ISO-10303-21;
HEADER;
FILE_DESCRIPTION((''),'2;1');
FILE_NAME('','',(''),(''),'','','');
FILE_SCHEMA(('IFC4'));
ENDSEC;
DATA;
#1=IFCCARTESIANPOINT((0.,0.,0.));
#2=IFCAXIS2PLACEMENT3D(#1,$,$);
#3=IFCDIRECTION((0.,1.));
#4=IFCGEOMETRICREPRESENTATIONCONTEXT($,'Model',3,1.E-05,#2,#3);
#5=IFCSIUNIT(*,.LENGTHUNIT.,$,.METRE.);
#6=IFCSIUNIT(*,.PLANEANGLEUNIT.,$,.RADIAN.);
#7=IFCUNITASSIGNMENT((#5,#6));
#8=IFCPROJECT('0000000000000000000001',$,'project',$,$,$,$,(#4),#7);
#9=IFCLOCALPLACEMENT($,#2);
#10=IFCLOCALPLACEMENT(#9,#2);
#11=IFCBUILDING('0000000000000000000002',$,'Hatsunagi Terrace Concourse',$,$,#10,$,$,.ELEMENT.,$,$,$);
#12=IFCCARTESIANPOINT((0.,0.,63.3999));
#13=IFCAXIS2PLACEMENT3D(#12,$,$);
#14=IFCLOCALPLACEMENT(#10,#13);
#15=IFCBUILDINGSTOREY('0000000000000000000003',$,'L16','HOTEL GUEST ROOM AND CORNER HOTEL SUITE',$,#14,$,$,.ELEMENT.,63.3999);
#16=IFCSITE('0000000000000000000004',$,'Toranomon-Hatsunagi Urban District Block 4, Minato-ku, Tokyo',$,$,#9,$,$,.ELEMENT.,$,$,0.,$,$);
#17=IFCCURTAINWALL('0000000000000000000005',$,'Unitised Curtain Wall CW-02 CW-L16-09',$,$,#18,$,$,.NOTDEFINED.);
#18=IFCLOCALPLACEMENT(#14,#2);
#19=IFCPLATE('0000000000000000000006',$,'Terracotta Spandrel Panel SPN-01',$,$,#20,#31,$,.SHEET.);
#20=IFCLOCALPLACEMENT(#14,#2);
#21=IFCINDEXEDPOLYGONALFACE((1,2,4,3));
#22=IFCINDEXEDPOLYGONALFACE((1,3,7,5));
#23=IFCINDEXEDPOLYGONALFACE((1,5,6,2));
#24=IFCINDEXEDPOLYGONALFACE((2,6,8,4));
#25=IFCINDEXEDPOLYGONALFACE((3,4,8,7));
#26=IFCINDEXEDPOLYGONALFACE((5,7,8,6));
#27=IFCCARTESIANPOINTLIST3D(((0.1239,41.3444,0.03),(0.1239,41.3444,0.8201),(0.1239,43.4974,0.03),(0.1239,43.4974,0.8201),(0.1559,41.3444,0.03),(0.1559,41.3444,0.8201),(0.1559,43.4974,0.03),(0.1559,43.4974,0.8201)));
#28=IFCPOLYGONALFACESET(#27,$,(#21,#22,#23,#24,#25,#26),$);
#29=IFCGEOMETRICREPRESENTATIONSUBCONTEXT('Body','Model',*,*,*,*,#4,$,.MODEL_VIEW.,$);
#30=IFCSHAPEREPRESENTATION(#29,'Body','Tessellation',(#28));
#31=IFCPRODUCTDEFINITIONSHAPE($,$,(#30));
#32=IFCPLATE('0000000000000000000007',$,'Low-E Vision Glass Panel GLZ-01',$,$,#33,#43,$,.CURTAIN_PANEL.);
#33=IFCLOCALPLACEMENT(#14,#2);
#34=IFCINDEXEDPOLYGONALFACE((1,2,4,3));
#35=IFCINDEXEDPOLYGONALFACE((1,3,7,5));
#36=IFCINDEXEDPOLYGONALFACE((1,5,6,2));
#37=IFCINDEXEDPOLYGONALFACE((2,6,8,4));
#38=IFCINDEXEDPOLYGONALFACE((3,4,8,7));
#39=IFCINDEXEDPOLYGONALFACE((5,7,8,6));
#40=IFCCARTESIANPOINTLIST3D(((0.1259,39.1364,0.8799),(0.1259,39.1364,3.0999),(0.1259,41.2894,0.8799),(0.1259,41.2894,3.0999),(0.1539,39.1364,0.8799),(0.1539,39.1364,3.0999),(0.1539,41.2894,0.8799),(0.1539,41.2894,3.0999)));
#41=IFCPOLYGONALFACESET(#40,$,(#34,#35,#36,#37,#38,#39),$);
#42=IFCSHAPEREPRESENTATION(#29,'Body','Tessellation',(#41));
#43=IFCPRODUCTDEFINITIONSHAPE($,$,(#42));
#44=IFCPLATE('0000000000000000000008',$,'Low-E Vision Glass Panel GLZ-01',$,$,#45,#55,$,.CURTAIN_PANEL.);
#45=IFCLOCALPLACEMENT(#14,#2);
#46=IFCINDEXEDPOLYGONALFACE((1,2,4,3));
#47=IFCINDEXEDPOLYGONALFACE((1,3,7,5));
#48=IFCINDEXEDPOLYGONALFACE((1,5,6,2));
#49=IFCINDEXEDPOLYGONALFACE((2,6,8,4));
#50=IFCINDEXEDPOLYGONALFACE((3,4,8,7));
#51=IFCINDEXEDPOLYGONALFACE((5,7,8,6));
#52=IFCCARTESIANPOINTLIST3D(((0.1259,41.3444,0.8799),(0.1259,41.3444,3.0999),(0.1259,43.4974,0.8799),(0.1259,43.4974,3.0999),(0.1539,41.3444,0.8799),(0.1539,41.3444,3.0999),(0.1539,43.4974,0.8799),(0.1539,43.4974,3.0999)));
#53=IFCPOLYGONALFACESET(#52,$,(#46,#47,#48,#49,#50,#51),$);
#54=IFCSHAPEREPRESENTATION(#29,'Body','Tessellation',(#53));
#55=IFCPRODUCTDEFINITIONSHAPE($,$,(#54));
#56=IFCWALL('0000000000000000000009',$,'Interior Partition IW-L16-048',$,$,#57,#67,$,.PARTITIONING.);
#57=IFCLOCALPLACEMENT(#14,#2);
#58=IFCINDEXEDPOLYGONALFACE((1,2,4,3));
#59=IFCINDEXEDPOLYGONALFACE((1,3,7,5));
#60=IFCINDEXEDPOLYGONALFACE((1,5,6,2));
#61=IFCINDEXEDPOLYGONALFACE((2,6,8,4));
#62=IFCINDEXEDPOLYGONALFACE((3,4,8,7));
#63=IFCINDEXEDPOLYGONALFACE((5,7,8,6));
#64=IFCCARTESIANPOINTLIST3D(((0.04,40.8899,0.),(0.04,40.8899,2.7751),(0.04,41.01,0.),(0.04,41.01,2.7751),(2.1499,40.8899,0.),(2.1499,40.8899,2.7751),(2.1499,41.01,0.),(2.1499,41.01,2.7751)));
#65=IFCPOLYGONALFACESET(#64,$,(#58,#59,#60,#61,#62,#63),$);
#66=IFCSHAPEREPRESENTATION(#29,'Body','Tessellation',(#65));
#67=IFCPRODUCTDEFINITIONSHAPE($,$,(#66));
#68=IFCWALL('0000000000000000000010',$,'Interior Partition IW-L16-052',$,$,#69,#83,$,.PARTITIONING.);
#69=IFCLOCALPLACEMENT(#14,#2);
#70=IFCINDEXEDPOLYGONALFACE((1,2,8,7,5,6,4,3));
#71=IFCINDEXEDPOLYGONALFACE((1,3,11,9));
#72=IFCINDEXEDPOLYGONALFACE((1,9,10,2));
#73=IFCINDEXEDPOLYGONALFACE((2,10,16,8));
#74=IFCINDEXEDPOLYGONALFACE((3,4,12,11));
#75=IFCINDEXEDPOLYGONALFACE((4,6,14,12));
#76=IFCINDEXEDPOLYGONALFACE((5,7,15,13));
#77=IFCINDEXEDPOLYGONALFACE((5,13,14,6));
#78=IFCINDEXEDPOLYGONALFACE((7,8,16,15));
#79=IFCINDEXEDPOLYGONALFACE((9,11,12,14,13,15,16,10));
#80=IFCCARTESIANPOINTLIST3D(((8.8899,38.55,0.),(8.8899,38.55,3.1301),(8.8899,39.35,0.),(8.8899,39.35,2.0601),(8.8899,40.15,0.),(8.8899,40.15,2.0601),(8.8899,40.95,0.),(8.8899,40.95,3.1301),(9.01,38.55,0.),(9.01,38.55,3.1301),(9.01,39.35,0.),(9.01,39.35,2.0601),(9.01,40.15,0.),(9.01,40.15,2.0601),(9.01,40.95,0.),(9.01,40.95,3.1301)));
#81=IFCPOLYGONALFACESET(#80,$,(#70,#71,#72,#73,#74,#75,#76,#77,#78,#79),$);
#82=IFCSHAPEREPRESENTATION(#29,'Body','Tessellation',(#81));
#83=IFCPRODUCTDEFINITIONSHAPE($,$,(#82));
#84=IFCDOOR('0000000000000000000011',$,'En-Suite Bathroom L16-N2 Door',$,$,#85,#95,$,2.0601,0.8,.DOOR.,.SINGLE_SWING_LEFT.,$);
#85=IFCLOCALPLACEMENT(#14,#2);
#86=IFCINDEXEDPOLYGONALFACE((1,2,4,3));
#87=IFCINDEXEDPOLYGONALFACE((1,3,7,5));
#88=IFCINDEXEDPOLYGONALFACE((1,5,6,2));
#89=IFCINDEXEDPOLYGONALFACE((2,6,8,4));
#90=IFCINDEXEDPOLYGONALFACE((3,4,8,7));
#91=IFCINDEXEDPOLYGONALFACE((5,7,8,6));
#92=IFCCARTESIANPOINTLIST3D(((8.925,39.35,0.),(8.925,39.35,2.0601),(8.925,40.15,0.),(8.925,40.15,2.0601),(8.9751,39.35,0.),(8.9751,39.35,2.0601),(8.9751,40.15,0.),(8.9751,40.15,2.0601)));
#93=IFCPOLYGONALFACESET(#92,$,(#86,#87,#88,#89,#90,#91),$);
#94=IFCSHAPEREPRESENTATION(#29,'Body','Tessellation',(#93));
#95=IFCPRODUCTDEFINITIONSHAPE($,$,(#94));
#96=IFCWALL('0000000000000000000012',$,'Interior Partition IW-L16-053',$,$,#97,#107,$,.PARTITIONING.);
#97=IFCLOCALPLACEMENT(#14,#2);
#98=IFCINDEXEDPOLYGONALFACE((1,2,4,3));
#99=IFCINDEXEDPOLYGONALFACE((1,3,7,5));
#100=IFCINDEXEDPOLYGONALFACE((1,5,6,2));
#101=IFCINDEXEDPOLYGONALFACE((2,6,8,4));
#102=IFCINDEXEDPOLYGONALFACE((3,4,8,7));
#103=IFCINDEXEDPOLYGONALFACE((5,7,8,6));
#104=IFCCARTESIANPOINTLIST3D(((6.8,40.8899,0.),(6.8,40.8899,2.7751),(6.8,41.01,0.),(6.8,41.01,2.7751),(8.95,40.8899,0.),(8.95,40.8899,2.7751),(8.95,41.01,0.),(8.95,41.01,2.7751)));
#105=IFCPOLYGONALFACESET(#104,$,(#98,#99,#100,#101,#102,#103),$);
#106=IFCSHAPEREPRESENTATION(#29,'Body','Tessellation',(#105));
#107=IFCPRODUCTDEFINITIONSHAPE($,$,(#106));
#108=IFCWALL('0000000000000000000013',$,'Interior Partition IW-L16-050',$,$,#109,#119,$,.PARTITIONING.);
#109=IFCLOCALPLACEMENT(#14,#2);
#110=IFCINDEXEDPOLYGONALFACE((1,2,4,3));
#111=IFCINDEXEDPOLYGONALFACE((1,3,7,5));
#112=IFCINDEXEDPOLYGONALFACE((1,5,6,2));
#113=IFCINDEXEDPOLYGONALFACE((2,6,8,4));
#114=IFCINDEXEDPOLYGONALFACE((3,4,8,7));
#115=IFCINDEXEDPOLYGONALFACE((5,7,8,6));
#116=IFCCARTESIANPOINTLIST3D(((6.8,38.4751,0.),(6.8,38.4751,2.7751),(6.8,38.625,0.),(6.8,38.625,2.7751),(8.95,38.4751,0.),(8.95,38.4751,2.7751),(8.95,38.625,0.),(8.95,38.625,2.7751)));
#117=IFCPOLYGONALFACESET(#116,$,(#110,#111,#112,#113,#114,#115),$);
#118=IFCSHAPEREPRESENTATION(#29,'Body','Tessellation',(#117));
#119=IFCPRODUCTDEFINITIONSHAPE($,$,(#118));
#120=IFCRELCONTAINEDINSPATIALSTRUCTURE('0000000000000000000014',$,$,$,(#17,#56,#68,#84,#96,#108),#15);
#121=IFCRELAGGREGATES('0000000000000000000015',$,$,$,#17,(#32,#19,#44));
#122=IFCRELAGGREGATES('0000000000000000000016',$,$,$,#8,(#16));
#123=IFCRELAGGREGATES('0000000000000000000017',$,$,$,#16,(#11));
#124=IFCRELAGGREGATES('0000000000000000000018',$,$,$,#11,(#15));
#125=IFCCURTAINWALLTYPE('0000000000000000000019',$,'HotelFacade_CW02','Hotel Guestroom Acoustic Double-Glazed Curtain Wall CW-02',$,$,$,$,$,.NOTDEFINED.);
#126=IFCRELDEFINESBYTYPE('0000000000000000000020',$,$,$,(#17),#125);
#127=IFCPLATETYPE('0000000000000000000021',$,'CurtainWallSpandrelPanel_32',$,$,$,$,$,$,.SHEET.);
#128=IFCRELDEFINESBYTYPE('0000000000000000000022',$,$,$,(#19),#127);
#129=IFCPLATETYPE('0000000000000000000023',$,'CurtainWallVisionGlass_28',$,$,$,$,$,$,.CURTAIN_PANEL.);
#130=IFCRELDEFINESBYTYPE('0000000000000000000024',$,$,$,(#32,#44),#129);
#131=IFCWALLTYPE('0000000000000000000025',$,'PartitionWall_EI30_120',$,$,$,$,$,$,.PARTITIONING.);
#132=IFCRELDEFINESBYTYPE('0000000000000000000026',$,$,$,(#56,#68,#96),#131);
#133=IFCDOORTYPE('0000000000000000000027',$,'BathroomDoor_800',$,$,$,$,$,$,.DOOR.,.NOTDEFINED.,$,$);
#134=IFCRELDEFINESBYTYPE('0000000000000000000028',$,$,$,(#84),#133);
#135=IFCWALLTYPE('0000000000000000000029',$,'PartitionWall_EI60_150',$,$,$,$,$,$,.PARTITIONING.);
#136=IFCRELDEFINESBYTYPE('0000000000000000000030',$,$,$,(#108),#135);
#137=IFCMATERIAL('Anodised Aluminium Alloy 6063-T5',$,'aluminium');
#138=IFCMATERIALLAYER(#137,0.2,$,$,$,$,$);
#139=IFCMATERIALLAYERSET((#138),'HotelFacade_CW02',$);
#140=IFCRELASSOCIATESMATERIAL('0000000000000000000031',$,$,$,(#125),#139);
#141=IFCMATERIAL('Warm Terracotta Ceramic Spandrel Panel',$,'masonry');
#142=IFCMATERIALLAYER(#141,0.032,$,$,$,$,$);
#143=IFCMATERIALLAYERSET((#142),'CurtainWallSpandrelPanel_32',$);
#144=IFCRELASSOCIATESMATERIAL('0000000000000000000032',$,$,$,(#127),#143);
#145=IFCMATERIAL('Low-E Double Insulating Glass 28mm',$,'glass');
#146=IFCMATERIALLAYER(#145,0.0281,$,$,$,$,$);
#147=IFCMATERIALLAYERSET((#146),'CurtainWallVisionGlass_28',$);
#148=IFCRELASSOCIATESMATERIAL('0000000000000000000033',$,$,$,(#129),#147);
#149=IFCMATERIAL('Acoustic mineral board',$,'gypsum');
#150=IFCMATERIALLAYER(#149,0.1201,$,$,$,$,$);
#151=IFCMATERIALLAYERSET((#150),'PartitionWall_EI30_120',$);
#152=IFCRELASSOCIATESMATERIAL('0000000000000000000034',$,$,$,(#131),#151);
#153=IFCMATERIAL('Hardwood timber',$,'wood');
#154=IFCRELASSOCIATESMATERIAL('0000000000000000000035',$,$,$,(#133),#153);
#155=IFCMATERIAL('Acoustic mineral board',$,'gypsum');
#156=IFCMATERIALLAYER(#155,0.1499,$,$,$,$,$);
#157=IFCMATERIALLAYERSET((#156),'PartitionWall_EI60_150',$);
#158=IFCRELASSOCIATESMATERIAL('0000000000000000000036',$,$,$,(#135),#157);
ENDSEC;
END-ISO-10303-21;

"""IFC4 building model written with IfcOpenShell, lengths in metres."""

from ifc_helpers import new_model, si_unit, direction, frame, frame_2d, origin, origin_2d, place, context, subcontext, project, spatial, rectangle, extrude, material, layer, layer_set, type_object, element, fill, aggregate, save


model = new_model("IFC4")

# Units and contexts
model_context = context("Model", 3, precision=1e-05, world=origin(), true_north=direction((0.0, 1.0)))
body_context = subcontext(model_context, "Body", "Model", "MODEL_VIEW")
ifc_project = project(units=[si_unit("LENGTHUNIT", "METRE"), si_unit("PLANEANGLEUNIT", "RADIAN")], contexts=[model_context])

# Site, building, storey
site_placement = place(None, origin())
site = spatial("IfcSite", under=ifc_project, at=site_placement, Name="Toranomon-Hatsunagi Urban District Block 4, Minato-ku, Tokyo", CompositionType="ELEMENT", RefElevation=0.0)
building_placement = place(site_placement, origin())
building = spatial("IfcBuilding", under=site, at=building_placement, Name="Hatsunagi Terrace Concourse", CompositionType="ELEMENT")
storey_placement = place(building_placement, frame((0.0, 0.0, 63.3999)))
storey = spatial("IfcBuildingStorey", under=building, at=storey_placement, Name="L16", Description="HOTEL GUEST ROOM AND CORNER HOTEL SUITE", CompositionType="ELEMENT", Elevation=63.3999)

# Curtain wall
ifc_material_1 = material(Name="Anodised Aluminium Alloy 6063-T5", Category="aluminium")
ifc_layer_1 = layer(ifc_material_1, 0.2)
ifc_layer_set_1 = layer_set([ifc_layer_1], Name="HotelFacade_CW02")
curtain_wall_type = type_object("IfcCurtainWallType", Name="HotelFacade_CW02", Description="Hotel Guestroom Acoustic Double-Glazed Curtain Wall CW-02", PredefinedType="NOTDEFINED", material=ifc_layer_set_1)
curtain_wall_placement = place(storey_placement, origin())
curtain_wall = element("IfcCurtainWall", 1, at=curtain_wall_placement, inside=storey, type_object=curtain_wall_type, Name="Unitised Curtain Wall CW-02 CW-L16-09", PredefinedType="NOTDEFINED")

# Plates
ifc_material_2 = material(Name="Warm Terracotta Ceramic Spandrel Panel", Category="masonry")
ifc_layer_2 = layer(ifc_material_2, 0.032)
ifc_layer_set_2 = layer_set([ifc_layer_2], Name="CurtainWallSpandrelPanel_32")
plate_type_1 = type_object("IfcPlateType", Name="CurtainWallSpandrelPanel_32", PredefinedType="SHEET", material=ifc_layer_set_2)
plate_1_placement = place(storey_placement, frame((0.1399, 42.4209, 0.03), z_axis=(0.0, 0.0, 1.0), x_axis=(0.0, 1.0, 0.0)))
plate_1 = element("IfcPlate", 2, at=plate_1_placement, type_object=plate_type_1, Name="Terracotta Spandrel Panel SPN-01", PredefinedType="SHEET", context=body_context, shape_type="SweptSolid", body=[
    extrude(rectangle(XDim=2.1531, YDim=0.032, at=origin_2d()), origin(), (0.0, 0.0, 1.0), 0.79),
])
ifc_material_3 = material(Name="Low-E Double Insulating Glass 28mm", Category="glass")
ifc_layer_3 = layer(ifc_material_3, 0.0281)
ifc_layer_set_3 = layer_set([ifc_layer_3], Name="CurtainWallVisionGlass_28")
plate_type_2 = type_object("IfcPlateType", Name="CurtainWallVisionGlass_28", PredefinedType="CURTAIN_PANEL", material=ifc_layer_set_3)
plate_2_placement = place(storey_placement, frame((0.1399, 40.2129, 0.8799), z_axis=(0.0, 0.0, 1.0), x_axis=(0.0, 1.0, 0.0)))
plate_2 = element("IfcPlate", 3, at=plate_2_placement, type_object=plate_type_2, Name="Low-E Vision Glass Panel GLZ-01", PredefinedType="CURTAIN_PANEL", context=body_context, shape_type="SweptSolid", body=[
    extrude(rectangle(XDim=2.1531, YDim=0.0281, at=origin_2d()), origin(), (0.0, 0.0, 1.0), 2.22),
])
plate_3_placement = place(storey_placement, frame((0.1399, 42.4209, 0.8799), z_axis=(0.0, 0.0, 1.0), x_axis=(0.0, 1.0, 0.0)))
plate_3 = element("IfcPlate", 4, at=plate_3_placement, type_object=plate_type_2, Name="Low-E Vision Glass Panel GLZ-01", PredefinedType="CURTAIN_PANEL", context=body_context, shape_type="SweptSolid", body=[
    extrude(rectangle(XDim=2.1531, YDim=0.0281, at=origin_2d()), origin(), (0.0, 0.0, 1.0), 2.22),
])
aggregate(curtain_wall, [plate_2, plate_1, plate_3])

# Wall
ifc_material_4 = material(Name="Acoustic mineral board", Category="gypsum")
ifc_layer_4 = layer(ifc_material_4, 0.1201)
ifc_layer_set_4 = layer_set([ifc_layer_4], Name="PartitionWall_EI30_120")
wall_type_1 = type_object("IfcWallType", Name="PartitionWall_EI30_120", PredefinedType="PARTITIONING", material=ifc_layer_set_4)
wall_1_placement = place(storey_placement, frame((0.04, 40.95, 0.0), z_axis=(0.0, 0.0, 1.0), x_axis=(1.0, 0.0, 0.0)))
element("IfcWall", 5, at=wall_1_placement, inside=storey, type_object=wall_type_1, Name="Interior Partition IW-L16-048", PredefinedType="PARTITIONING", context=body_context, shape_type="SweptSolid", body=[
    extrude(rectangle(XDim=2.1099, YDim=0.1201, at=frame_2d((1.0549, 0.0))), origin(), (0.0, 0.0, 1.0), 2.7751),
])

# Wall, opening, door
wall_2_placement = place(storey_placement, frame((8.95, 38.55, 0.0), z_axis=(0.0, 0.0, 1.0), x_axis=(0.0, 1.0, 0.0)))
wall_2 = element("IfcWall", 6, at=wall_2_placement, inside=storey, type_object=wall_type_1, Name="Interior Partition IW-L16-052", PredefinedType="PARTITIONING", context=body_context, shape_type="SweptSolid", body=[
    extrude(rectangle(XDim=2.3999, YDim=0.1201, at=frame_2d((1.2, 0.0))), origin(), (0.0, 0.0, 1.0), 3.1301),
])
opening_1_placement = place(wall_2_placement, frame((0.8, 0.0, 0.0)))
opening_1 = element("IfcOpeningElement", 7, at=opening_1_placement, cuts=wall_2, PredefinedType="OPENING", context=body_context, shape_type="SweptSolid", body=[
    extrude(rectangle(XDim=0.8, YDim=2.0601, at=frame_2d((0.3999, 1.03))), frame((0.0, 0.0701, 0.0), z_axis=(0.0, -1.0, 0.0), x_axis=(1.0, 0.0, 0.0)), (0.0, 0.0, 1.0), 0.1401),
])
ifc_material_5 = material(Name="Hardwood timber", Category="wood")
door_type_1 = type_object("IfcDoorType", Name="BathroomDoor_800", OperationType="NOTDEFINED", PredefinedType="DOOR", material=ifc_material_5)
door_1_placement = place(opening_1_placement, origin())
door_1 = element("IfcDoor", 8, at=door_1_placement, inside=storey, type_object=door_type_1, Name="En-Suite Bathroom L16-N2 Door", OperationType="SINGLE_SWING_LEFT", OverallHeight=2.0601, OverallWidth=0.8, PredefinedType="DOOR", context=body_context, shape_type="SweptSolid", body=[
    extrude(rectangle(XDim=0.8, YDim=2.0601, at=frame_2d((0.3999, 1.03))), frame((0.0, 0.0249, 0.0), z_axis=(0.0, -1.0, 0.0), x_axis=(1.0, 0.0, 0.0)), (0.0, 0.0, 1.0), 0.05),
])
fill(opening_1, door_1)

# Walls
wall_3_placement = place(storey_placement, frame((6.8, 40.95, 0.0), z_axis=(0.0, 0.0, 1.0), x_axis=(1.0, 0.0, 0.0)))
element("IfcWall", 9, at=wall_3_placement, inside=storey, type_object=wall_type_1, Name="Interior Partition IW-L16-053", PredefinedType="PARTITIONING", context=body_context, shape_type="SweptSolid", body=[
    extrude(rectangle(XDim=2.1499, YDim=0.1201, at=frame_2d((1.075, 0.0))), origin(), (0.0, 0.0, 1.0), 2.7751),
])
ifc_material_6 = material(Name="Acoustic mineral board", Category="gypsum")
ifc_layer_5 = layer(ifc_material_6, 0.1499)
ifc_layer_set_5 = layer_set([ifc_layer_5], Name="PartitionWall_EI60_150")
wall_type_2 = type_object("IfcWallType", Name="PartitionWall_EI60_150", PredefinedType="PARTITIONING", material=ifc_layer_set_5)
wall_4_placement = place(storey_placement, frame((6.8, 38.55, 0.0), z_axis=(0.0, 0.0, 1.0), x_axis=(1.0, 0.0, 0.0)))
element("IfcWall", 10, at=wall_4_placement, inside=storey, type_object=wall_type_2, Name="Interior Partition IW-L16-050", PredefinedType="PARTITIONING", context=body_context, shape_type="SweptSolid", body=[
    extrude(rectangle(XDim=2.1499, YDim=0.1499, at=frame_2d((1.075, 0.0))), origin(), (0.0, 0.0, 1.0), 2.7751),
])

save(model, "model.ifc")
